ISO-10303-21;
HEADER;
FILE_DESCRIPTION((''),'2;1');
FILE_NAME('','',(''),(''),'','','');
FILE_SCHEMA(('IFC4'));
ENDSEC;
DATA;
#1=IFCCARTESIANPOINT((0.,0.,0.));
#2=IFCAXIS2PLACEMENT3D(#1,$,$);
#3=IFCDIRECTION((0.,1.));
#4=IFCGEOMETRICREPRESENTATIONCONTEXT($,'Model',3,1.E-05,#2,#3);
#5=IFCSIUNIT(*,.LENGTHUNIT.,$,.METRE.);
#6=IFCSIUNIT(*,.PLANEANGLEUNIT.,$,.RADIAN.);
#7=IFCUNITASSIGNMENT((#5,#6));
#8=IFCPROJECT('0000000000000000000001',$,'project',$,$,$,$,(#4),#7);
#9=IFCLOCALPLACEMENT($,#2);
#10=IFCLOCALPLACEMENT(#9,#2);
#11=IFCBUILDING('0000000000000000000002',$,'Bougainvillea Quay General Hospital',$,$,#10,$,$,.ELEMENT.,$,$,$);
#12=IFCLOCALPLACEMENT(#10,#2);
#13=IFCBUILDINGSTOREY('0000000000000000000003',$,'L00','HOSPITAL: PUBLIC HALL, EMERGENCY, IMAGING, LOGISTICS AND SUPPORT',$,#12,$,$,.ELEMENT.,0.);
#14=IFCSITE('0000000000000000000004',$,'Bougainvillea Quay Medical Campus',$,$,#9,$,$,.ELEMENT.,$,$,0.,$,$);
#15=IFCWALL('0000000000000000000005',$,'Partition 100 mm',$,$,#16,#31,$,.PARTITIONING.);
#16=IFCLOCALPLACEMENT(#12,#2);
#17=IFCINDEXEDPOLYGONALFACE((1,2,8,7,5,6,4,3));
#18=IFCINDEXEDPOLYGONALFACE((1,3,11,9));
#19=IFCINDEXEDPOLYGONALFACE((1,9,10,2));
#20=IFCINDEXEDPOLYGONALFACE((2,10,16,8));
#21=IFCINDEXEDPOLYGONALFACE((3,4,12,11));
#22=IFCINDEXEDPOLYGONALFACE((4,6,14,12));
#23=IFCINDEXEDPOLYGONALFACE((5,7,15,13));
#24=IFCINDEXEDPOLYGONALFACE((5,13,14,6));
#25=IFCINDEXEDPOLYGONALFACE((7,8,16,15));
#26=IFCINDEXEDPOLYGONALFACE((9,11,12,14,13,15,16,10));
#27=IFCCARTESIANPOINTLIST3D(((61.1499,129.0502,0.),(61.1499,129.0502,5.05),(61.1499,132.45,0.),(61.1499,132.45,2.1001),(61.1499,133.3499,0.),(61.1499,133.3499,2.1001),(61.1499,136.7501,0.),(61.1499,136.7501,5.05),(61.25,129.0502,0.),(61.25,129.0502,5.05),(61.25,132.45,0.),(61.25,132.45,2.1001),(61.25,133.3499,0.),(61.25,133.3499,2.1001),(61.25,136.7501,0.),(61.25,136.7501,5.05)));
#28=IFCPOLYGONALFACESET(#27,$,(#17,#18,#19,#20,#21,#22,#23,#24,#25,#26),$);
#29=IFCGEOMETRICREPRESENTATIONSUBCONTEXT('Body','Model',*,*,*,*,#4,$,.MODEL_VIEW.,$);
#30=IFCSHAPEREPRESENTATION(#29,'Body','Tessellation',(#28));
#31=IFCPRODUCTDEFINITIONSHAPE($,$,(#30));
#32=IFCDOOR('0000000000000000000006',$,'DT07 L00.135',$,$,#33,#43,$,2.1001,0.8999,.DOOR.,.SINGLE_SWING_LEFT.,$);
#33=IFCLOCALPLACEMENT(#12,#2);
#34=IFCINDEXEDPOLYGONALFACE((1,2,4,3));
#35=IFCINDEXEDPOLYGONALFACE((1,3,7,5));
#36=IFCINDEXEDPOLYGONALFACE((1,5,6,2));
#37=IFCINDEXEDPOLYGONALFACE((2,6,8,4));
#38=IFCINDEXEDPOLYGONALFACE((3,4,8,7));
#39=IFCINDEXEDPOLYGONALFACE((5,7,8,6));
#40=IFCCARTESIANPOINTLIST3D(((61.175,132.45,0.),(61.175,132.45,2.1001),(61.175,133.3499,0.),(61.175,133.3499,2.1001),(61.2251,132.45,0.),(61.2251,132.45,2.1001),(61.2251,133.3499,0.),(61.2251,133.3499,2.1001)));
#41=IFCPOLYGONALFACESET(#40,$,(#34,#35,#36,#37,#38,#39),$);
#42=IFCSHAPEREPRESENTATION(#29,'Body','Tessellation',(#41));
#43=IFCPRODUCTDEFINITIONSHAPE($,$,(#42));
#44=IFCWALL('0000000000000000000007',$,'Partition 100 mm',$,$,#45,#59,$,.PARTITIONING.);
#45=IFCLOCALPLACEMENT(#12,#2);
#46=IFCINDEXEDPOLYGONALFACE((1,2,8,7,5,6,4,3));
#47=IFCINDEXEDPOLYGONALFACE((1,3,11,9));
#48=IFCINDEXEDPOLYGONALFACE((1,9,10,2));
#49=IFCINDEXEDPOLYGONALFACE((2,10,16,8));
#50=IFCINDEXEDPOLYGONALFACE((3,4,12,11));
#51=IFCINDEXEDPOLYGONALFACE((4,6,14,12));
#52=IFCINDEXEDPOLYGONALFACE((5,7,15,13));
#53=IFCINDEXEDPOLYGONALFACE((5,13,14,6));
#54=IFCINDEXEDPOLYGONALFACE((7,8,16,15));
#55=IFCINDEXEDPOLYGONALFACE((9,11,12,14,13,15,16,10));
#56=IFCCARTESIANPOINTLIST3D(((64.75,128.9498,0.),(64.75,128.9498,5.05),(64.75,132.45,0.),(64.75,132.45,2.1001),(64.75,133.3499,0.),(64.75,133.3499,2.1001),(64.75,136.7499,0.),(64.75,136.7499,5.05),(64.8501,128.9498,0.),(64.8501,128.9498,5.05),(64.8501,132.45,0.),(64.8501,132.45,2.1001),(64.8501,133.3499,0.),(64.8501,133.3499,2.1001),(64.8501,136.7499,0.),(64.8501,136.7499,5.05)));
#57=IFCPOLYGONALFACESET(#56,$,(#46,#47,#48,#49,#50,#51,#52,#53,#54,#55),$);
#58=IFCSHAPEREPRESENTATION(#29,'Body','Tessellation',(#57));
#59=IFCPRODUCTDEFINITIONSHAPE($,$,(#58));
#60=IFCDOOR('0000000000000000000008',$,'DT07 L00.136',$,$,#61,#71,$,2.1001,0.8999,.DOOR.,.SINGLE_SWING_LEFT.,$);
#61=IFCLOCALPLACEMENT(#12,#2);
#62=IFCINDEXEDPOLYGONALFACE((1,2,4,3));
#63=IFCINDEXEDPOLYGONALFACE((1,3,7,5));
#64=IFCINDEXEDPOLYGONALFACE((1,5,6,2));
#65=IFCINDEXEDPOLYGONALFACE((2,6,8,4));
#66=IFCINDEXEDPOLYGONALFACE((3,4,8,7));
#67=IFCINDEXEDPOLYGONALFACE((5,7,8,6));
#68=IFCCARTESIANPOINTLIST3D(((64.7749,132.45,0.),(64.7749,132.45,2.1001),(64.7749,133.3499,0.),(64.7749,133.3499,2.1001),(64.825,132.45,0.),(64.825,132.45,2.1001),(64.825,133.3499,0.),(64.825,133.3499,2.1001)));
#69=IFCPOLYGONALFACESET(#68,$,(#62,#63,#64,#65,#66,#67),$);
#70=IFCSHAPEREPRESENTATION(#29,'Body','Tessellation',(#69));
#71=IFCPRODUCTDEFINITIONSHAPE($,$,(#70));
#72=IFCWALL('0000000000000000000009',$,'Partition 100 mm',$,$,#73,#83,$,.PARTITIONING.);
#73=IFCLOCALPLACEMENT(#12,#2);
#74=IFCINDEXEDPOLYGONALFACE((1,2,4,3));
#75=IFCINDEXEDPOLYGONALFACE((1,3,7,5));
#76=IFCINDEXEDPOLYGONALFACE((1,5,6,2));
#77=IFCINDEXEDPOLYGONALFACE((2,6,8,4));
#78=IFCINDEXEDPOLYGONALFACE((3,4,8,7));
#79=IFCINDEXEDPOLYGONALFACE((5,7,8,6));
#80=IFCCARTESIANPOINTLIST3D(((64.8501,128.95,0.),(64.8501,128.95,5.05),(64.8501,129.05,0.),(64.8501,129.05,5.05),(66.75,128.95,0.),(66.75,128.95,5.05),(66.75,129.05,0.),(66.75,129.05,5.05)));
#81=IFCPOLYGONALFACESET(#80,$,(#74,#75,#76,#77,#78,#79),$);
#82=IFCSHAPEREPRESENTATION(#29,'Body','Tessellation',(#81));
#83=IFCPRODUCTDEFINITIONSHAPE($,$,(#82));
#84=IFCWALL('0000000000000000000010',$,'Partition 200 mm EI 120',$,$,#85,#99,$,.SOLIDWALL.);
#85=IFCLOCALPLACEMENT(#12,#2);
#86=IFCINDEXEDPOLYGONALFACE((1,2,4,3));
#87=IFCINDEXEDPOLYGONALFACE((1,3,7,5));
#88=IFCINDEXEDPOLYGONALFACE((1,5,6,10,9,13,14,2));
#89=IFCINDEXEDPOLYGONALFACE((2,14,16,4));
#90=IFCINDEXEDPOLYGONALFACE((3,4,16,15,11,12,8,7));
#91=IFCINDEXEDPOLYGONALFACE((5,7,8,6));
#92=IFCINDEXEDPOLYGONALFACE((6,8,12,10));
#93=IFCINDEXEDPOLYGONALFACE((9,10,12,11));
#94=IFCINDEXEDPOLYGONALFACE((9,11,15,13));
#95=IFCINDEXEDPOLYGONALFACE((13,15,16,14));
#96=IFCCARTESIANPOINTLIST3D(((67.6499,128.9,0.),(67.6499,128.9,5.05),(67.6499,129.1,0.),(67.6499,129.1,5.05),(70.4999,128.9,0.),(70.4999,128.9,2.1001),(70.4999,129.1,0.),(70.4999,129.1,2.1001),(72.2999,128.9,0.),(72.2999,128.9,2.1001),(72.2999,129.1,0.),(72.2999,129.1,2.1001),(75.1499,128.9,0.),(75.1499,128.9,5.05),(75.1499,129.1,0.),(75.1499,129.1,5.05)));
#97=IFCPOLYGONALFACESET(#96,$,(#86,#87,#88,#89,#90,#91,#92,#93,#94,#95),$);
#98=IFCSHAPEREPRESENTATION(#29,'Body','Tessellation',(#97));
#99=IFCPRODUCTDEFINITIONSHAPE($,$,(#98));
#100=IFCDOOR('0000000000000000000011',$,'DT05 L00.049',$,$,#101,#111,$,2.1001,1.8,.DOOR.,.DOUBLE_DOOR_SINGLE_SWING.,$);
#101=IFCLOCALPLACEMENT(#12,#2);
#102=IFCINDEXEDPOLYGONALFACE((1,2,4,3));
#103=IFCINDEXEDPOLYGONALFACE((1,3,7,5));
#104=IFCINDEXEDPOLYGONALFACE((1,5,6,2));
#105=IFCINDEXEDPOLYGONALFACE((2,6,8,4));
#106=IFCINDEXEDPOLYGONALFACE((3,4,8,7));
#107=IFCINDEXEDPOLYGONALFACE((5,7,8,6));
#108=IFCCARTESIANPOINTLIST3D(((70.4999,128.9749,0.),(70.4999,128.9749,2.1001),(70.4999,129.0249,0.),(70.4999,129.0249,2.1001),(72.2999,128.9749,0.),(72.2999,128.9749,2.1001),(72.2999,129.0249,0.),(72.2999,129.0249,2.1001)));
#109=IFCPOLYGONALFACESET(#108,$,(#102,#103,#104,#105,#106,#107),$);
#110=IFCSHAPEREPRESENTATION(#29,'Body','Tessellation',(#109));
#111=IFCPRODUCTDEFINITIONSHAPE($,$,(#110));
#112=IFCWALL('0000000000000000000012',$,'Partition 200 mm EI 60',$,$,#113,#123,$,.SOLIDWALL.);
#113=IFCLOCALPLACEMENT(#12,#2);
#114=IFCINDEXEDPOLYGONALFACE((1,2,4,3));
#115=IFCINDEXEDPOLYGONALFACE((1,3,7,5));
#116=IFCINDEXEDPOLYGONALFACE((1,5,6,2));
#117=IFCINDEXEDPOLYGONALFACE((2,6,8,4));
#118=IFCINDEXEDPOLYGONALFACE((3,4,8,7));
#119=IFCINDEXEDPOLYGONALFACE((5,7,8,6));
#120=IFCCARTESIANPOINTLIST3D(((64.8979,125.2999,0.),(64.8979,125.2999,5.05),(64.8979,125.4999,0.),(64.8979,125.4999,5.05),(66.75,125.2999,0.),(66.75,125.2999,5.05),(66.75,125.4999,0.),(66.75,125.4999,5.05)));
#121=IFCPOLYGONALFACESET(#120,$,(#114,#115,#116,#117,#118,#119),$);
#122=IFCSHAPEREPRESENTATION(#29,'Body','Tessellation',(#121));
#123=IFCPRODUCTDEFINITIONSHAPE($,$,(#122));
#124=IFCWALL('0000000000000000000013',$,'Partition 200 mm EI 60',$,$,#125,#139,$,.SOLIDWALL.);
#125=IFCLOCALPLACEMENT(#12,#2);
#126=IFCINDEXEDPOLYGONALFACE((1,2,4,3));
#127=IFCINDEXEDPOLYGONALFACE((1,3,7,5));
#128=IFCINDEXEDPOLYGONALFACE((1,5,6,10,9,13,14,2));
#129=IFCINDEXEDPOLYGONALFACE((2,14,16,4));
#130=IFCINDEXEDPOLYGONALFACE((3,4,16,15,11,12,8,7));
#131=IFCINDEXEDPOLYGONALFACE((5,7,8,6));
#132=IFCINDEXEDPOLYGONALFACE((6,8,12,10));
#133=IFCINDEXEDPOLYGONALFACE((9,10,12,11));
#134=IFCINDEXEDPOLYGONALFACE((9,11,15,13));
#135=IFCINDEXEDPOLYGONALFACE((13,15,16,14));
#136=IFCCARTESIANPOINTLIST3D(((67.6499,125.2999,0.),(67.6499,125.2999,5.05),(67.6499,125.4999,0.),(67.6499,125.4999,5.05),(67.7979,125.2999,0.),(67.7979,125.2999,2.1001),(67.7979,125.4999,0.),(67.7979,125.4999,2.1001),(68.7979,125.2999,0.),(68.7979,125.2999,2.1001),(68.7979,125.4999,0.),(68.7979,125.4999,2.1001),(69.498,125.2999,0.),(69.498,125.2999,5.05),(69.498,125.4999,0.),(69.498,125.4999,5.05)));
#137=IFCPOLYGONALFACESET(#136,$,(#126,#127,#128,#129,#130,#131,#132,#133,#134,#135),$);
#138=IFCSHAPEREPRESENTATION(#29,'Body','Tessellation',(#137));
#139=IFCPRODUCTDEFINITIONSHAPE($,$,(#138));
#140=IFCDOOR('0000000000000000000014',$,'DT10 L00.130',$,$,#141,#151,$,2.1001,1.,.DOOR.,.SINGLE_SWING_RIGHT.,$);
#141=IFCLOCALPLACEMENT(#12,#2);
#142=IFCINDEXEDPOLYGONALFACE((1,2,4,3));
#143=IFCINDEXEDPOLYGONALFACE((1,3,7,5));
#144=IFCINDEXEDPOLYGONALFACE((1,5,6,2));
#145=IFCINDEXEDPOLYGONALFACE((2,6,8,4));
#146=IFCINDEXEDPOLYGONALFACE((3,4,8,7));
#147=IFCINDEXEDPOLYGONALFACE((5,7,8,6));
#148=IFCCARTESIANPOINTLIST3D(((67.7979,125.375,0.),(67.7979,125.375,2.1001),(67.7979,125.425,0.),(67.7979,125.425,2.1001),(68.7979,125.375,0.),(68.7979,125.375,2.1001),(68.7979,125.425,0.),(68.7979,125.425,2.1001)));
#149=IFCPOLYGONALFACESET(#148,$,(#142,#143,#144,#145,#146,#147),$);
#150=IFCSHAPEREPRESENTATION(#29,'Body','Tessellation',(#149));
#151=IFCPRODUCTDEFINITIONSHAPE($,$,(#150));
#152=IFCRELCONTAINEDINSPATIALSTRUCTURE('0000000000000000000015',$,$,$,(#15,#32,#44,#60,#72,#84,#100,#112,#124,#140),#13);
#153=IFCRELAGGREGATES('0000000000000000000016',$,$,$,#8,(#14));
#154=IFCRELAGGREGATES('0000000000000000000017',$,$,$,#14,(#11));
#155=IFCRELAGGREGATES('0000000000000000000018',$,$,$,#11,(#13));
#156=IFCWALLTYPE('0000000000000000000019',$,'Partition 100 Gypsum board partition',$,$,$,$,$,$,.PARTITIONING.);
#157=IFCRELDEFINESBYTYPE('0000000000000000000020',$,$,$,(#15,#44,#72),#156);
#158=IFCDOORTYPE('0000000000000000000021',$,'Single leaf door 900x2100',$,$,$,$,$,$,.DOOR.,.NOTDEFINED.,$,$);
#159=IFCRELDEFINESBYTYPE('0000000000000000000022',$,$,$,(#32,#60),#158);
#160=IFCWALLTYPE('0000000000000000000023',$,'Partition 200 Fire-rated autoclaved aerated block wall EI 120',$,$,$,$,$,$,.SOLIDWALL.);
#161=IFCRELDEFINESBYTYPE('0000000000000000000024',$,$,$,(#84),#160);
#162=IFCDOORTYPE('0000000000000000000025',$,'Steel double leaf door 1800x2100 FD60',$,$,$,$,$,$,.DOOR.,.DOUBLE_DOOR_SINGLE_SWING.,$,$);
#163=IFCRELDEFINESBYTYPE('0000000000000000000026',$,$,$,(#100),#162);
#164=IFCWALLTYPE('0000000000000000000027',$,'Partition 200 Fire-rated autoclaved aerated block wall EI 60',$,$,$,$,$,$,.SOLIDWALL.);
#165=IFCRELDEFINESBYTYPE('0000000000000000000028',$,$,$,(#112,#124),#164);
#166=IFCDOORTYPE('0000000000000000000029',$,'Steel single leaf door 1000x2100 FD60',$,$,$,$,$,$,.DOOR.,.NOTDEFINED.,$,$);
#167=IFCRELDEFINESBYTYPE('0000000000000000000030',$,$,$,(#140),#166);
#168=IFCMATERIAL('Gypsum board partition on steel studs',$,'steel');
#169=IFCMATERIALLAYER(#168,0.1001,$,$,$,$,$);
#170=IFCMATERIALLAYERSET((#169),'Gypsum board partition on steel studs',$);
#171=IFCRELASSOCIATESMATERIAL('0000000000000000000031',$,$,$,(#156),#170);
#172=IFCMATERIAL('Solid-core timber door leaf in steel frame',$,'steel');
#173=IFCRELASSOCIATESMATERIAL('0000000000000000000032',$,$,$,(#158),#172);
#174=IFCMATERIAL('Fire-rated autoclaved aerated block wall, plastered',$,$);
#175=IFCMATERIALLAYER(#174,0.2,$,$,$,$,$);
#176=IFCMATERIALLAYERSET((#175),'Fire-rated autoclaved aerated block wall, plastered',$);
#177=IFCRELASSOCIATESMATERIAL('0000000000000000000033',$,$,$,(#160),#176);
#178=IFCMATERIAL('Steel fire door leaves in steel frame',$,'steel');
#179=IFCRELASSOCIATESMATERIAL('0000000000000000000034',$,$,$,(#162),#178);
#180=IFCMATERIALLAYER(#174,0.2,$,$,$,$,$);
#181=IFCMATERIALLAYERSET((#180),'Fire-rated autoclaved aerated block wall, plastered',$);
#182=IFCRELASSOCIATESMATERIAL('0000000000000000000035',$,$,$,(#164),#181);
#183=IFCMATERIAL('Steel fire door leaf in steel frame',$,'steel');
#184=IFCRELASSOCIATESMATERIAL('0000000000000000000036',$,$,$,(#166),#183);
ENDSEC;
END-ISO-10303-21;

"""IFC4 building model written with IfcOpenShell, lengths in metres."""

from ifc_helpers import new_model, si_unit, direction, frame, frame_2d, origin, place, context, subcontext, project, spatial, rectangle, extrude, material, layer, layer_set, type_object, element, fill, save


model = new_model("IFC4")

# Units and contexts
model_context = context("Model", 3, precision=1e-05, world=origin(), true_north=direction((0.0, 1.0)))
body_context = subcontext(model_context, "Body", "Model", "MODEL_VIEW")
ifc_project = project(units=[si_unit("LENGTHUNIT", "METRE"), si_unit("PLANEANGLEUNIT", "RADIAN")], contexts=[model_context])

# Site, building, storey
site_placement = place(None, origin())
site = spatial("IfcSite", under=ifc_project, at=site_placement, Name="Bougainvillea Quay Medical Campus", CompositionType="ELEMENT", RefElevation=0.0)
building_placement = place(site_placement, origin())
building = spatial("IfcBuilding", under=site, at=building_placement, Name="Bougainvillea Quay General Hospital", CompositionType="ELEMENT")
storey_placement = place(building_placement, origin())
storey = spatial("IfcBuildingStorey", under=building, at=storey_placement, Name="L00", Description="HOSPITAL: PUBLIC HALL, EMERGENCY, IMAGING, LOGISTICS AND SUPPORT", CompositionType="ELEMENT", Elevation=0.0)

# Shared definitions
ifc_material_1 = material(Name="Gypsum board partition on steel studs", Category="steel")
ifc_layer_1 = layer(ifc_material_1, 0.1001)
ifc_layer_set_1 = layer_set([ifc_layer_1], Name="Gypsum board partition on steel studs")
wall_type_1 = type_object("IfcWallType", Name="Partition 100 Gypsum board partition", PredefinedType="PARTITIONING", material=ifc_layer_set_1)

# Shared definitions
ifc_material_2 = material(Name="Solid-core timber door leaf in steel frame", Category="steel")
door_type_1 = type_object("IfcDoorType", Name="Single leaf door 900x2100", OperationType="NOTDEFINED", PredefinedType="DOOR", material=ifc_material_2)

# Walls, openings, doors
wall_1_placement = place(storey_placement, frame((61.2, 129.05, 0.0), z_axis=(0.0, 0.0, 1.0), x_axis=(0.0, 1.0, 0.0)))
wall_1 = element("IfcWall", 1, at=wall_1_placement, inside=storey, type_object=wall_type_1, Name="Partition 100 mm", PredefinedType="PARTITIONING", context=body_context, shape_type="SweptSolid", body=[
    extrude(rectangle(XDim=7.7, YDim=0.1001, at=frame_2d((3.8501, 0.0))), origin(), (0.0, 0.0, 1.0), 5.05),
])
opening_1_placement = place(wall_1_placement, frame((3.3999, 0.0, 0.0)))
opening_1 = element("IfcOpeningElement", 2, at=opening_1_placement, cuts=wall_1, PredefinedType="OPENING", context=body_context, shape_type="SweptSolid", body=[
    extrude(rectangle(XDim=0.8999, YDim=2.1001, at=frame_2d((0.45, 1.05))), frame((0.0, 0.0601, 0.0), z_axis=(0.0, -1.0, 0.0), x_axis=(1.0, 0.0, 0.0)), (0.0, 0.0, 1.0), 0.1201),
])
door_1_placement = place(opening_1_placement, origin())
door_1 = element("IfcDoor", 3, at=door_1_placement, inside=storey, type_object=door_type_1, Name="DT07 L00.135", OperationType="SINGLE_SWING_LEFT", OverallHeight=2.1001, OverallWidth=0.8999, PredefinedType="DOOR", context=body_context, shape_type="SweptSolid", body=[
    extrude(rectangle(XDim=0.8999, YDim=2.1001, at=frame_2d((0.45, 1.05))), frame((0.0, 0.0249, 0.0), z_axis=(0.0, -1.0, 0.0), x_axis=(1.0, 0.0, 0.0)), (0.0, 0.0, 1.0), 0.05),
])
fill(opening_1, door_1)
wall_2_placement = place(storey_placement, frame((64.8, 128.95, 0.0), z_axis=(0.0, 0.0, 1.0), x_axis=(0.0, 1.0, 0.0)))
wall_2 = element("IfcWall", 4, at=wall_2_placement, inside=storey, type_object=wall_type_1, Name="Partition 100 mm", PredefinedType="PARTITIONING", context=body_context, shape_type="SweptSolid", body=[
    extrude(rectangle(XDim=7.8, YDim=0.1001, at=frame_2d((3.8999, 0.0))), origin(), (0.0, 0.0, 1.0), 5.05),
])
opening_2_placement = place(wall_2_placement, frame((3.5, 0.0, 0.0)))
opening_2 = element("IfcOpeningElement", 5, at=opening_2_placement, cuts=wall_2, PredefinedType="OPENING", context=body_context, shape_type="SweptSolid", body=[
    extrude(rectangle(XDim=0.8999, YDim=2.1001, at=frame_2d((0.45, 1.05))), frame((0.0, 0.0601, 0.0), z_axis=(0.0, -1.0, 0.0), x_axis=(1.0, 0.0, 0.0)), (0.0, 0.0, 1.0), 0.1201),
])
door_2_placement = place(opening_2_placement, frame((0.8999, 0.0, 0.0), z_axis=(0.0, 0.0, 1.0), x_axis=(-1.0, 0.0, 0.0)))
door_2 = element("IfcDoor", 6, at=door_2_placement, inside=storey, type_object=door_type_1, Name="DT07 L00.136", OperationType="SINGLE_SWING_LEFT", OverallHeight=2.1001, OverallWidth=0.8999, PredefinedType="DOOR", context=body_context, shape_type="SweptSolid", body=[
    extrude(rectangle(XDim=0.8999, YDim=2.1001, at=frame_2d((0.45, 1.05))), frame((0.0, 0.0249, 0.0), z_axis=(0.0, -1.0, 0.0), x_axis=(1.0, 0.0, 0.0)), (0.0, 0.0, 1.0), 0.05),
])
fill(opening_2, door_2)

# Wall
wall_3_placement = place(storey_placement, frame((64.8501, 129.0, 0.0), z_axis=(0.0, 0.0, 1.0), x_axis=(1.0, 0.0, 0.0)))
element("IfcWall", 7, at=wall_3_placement, inside=storey, type_object=wall_type_1, Name="Partition 100 mm", PredefinedType="PARTITIONING", context=body_context, shape_type="SweptSolid", body=[
    extrude(rectangle(XDim=1.8999, YDim=0.1001, at=frame_2d((0.95, 0.0))), origin(), (0.0, 0.0, 1.0), 5.05),
])

# Wall, opening, door
ifc_material_3 = material(Name="Fire-rated autoclaved aerated block wall, plastered")
ifc_layer_2 = layer(ifc_material_3, 0.2)
ifc_layer_set_2 = layer_set([ifc_layer_2], Name="Fire-rated autoclaved aerated block wall, plastered")
wall_type_2 = type_object("IfcWallType", Name="Partition 200 Fire-rated autoclaved aerated block wall EI 120", PredefinedType="SOLIDWALL", material=ifc_layer_set_2)
wall_4_placement = place(storey_placement, frame((67.6499, 129.0, 0.0), z_axis=(0.0, 0.0, 1.0), x_axis=(1.0, 0.0, 0.0)))
wall_4 = element("IfcWall", 8, at=wall_4_placement, inside=storey, type_object=wall_type_2, Name="Partition 200 mm EI 120", PredefinedType="SOLIDWALL", context=body_context, shape_type="SweptSolid", body=[
    extrude(rectangle(XDim=7.5, YDim=0.2, at=frame_2d((3.75, 0.0))), origin(), (0.0, 0.0, 1.0), 5.05),
])
opening_3_placement = place(wall_4_placement, frame((2.8501, 0.0, 0.0)))
opening_3 = element("IfcOpeningElement", 9, at=opening_3_placement, cuts=wall_4, PredefinedType="OPENING", context=body_context, shape_type="SweptSolid", body=[
    extrude(rectangle(XDim=1.8, YDim=2.1001, at=frame_2d((0.8999, 1.05))), frame((0.0, 0.1099, 0.0), z_axis=(0.0, -1.0, 0.0), x_axis=(1.0, 0.0, 0.0)), (0.0, 0.0, 1.0), 0.22),
])
ifc_material_4 = material(Name="Steel fire door leaves in steel frame", Category="steel")
door_type_2 = type_object("IfcDoorType", Name="Steel double leaf door 1800x2100 FD60", OperationType="DOUBLE_DOOR_SINGLE_SWING", PredefinedType="DOOR", material=ifc_material_4)
door_3_placement = place(opening_3_placement, origin())
door_3 = element("IfcDoor", 10, at=door_3_placement, inside=storey, type_object=door_type_2, Name="DT05 L00.049", OperationType="DOUBLE_DOOR_SINGLE_SWING", OverallHeight=2.1001, OverallWidth=1.8, PredefinedType="DOOR", context=body_context, shape_type="SweptSolid", body=[
    extrude(rectangle(XDim=1.8, YDim=2.1001, at=frame_2d((0.8999, 1.05))), frame((0.0, 0.0249, 0.0), z_axis=(0.0, -1.0, 0.0), x_axis=(1.0, 0.0, 0.0)), (0.0, 0.0, 1.0), 0.05),
])
fill(opening_3, door_3)

# Wall
ifc_layer_3 = layer(ifc_material_3, 0.2)
ifc_layer_set_3 = layer_set([ifc_layer_3], Name="Fire-rated autoclaved aerated block wall, plastered")
wall_type_3 = type_object("IfcWallType", Name="Partition 200 Fire-rated autoclaved aerated block wall EI 60", PredefinedType="SOLIDWALL", material=ifc_layer_set_3)
wall_5_placement = place(storey_placement, frame((64.8979, 125.3999, 0.0), z_axis=(0.0, 0.0, 1.0), x_axis=(1.0, 0.0, 0.0)))
element("IfcWall", 11, at=wall_5_placement, inside=storey, type_object=wall_type_3, Name="Partition 200 mm EI 60", PredefinedType="SOLIDWALL", context=body_context, shape_type="SweptSolid", body=[
    extrude(rectangle(XDim=1.8521, YDim=0.2, at=frame_2d((0.926, 0.0))), origin(), (0.0, 0.0, 1.0), 5.05),
])

# Wall, opening, door
wall_6_placement = place(storey_placement, frame((67.6499, 125.3999, 0.0), z_axis=(0.0, 0.0, 1.0), x_axis=(1.0, 0.0, 0.0)))
wall_6 = element("IfcWall", 12, at=wall_6_placement, inside=storey, type_object=wall_type_3, Name="Partition 200 mm EI 60", PredefinedType="SOLIDWALL", context=body_context, shape_type="SweptSolid", body=[
    extrude(rectangle(XDim=1.8481, YDim=0.2, at=frame_2d((0.9241, 0.0))), origin(), (0.0, 0.0, 1.0), 5.05),
])
opening_4_placement = place(wall_6_placement, frame((0.1479, 0.0, 0.0)))
opening_4 = element("IfcOpeningElement", 13, at=opening_4_placement, cuts=wall_6, PredefinedType="OPENING", context=body_context, shape_type="SweptSolid", body=[
    extrude(rectangle(XDim=1.0, YDim=2.1001, at=frame_2d((0.5, 1.05))), frame((0.0, 0.1099, 0.0), z_axis=(0.0, -1.0, 0.0), x_axis=(1.0, 0.0, 0.0)), (0.0, 0.0, 1.0), 0.22),
])
ifc_material_5 = material(Name="Steel fire door leaf in steel frame", Category="steel")
door_type_3 = type_object("IfcDoorType", Name="Steel single leaf door 1000x2100 FD60", OperationType="NOTDEFINED", PredefinedType="DOOR", material=ifc_material_5)
door_4_placement = place(opening_4_placement, frame((1.0, 0.0, 0.0), z_axis=(0.0, 0.0, 1.0), x_axis=(-1.0, 0.0, 0.0)))
door_4 = element("IfcDoor", 14, at=door_4_placement, inside=storey, type_object=door_type_3, Name="DT10 L00.130", OperationType="SINGLE_SWING_RIGHT", OverallHeight=2.1001, OverallWidth=1.0, PredefinedType="DOOR", context=body_context, shape_type="SweptSolid", body=[
    extrude(rectangle(XDim=1.0, YDim=2.1001, at=frame_2d((0.5, 1.05))), frame((0.0, 0.0249, 0.0), z_axis=(0.0, -1.0, 0.0), x_axis=(1.0, 0.0, 0.0)), (0.0, 0.0, 1.0), 0.05),
])
fill(opening_4, door_4)

save(model, "model.ifc")
